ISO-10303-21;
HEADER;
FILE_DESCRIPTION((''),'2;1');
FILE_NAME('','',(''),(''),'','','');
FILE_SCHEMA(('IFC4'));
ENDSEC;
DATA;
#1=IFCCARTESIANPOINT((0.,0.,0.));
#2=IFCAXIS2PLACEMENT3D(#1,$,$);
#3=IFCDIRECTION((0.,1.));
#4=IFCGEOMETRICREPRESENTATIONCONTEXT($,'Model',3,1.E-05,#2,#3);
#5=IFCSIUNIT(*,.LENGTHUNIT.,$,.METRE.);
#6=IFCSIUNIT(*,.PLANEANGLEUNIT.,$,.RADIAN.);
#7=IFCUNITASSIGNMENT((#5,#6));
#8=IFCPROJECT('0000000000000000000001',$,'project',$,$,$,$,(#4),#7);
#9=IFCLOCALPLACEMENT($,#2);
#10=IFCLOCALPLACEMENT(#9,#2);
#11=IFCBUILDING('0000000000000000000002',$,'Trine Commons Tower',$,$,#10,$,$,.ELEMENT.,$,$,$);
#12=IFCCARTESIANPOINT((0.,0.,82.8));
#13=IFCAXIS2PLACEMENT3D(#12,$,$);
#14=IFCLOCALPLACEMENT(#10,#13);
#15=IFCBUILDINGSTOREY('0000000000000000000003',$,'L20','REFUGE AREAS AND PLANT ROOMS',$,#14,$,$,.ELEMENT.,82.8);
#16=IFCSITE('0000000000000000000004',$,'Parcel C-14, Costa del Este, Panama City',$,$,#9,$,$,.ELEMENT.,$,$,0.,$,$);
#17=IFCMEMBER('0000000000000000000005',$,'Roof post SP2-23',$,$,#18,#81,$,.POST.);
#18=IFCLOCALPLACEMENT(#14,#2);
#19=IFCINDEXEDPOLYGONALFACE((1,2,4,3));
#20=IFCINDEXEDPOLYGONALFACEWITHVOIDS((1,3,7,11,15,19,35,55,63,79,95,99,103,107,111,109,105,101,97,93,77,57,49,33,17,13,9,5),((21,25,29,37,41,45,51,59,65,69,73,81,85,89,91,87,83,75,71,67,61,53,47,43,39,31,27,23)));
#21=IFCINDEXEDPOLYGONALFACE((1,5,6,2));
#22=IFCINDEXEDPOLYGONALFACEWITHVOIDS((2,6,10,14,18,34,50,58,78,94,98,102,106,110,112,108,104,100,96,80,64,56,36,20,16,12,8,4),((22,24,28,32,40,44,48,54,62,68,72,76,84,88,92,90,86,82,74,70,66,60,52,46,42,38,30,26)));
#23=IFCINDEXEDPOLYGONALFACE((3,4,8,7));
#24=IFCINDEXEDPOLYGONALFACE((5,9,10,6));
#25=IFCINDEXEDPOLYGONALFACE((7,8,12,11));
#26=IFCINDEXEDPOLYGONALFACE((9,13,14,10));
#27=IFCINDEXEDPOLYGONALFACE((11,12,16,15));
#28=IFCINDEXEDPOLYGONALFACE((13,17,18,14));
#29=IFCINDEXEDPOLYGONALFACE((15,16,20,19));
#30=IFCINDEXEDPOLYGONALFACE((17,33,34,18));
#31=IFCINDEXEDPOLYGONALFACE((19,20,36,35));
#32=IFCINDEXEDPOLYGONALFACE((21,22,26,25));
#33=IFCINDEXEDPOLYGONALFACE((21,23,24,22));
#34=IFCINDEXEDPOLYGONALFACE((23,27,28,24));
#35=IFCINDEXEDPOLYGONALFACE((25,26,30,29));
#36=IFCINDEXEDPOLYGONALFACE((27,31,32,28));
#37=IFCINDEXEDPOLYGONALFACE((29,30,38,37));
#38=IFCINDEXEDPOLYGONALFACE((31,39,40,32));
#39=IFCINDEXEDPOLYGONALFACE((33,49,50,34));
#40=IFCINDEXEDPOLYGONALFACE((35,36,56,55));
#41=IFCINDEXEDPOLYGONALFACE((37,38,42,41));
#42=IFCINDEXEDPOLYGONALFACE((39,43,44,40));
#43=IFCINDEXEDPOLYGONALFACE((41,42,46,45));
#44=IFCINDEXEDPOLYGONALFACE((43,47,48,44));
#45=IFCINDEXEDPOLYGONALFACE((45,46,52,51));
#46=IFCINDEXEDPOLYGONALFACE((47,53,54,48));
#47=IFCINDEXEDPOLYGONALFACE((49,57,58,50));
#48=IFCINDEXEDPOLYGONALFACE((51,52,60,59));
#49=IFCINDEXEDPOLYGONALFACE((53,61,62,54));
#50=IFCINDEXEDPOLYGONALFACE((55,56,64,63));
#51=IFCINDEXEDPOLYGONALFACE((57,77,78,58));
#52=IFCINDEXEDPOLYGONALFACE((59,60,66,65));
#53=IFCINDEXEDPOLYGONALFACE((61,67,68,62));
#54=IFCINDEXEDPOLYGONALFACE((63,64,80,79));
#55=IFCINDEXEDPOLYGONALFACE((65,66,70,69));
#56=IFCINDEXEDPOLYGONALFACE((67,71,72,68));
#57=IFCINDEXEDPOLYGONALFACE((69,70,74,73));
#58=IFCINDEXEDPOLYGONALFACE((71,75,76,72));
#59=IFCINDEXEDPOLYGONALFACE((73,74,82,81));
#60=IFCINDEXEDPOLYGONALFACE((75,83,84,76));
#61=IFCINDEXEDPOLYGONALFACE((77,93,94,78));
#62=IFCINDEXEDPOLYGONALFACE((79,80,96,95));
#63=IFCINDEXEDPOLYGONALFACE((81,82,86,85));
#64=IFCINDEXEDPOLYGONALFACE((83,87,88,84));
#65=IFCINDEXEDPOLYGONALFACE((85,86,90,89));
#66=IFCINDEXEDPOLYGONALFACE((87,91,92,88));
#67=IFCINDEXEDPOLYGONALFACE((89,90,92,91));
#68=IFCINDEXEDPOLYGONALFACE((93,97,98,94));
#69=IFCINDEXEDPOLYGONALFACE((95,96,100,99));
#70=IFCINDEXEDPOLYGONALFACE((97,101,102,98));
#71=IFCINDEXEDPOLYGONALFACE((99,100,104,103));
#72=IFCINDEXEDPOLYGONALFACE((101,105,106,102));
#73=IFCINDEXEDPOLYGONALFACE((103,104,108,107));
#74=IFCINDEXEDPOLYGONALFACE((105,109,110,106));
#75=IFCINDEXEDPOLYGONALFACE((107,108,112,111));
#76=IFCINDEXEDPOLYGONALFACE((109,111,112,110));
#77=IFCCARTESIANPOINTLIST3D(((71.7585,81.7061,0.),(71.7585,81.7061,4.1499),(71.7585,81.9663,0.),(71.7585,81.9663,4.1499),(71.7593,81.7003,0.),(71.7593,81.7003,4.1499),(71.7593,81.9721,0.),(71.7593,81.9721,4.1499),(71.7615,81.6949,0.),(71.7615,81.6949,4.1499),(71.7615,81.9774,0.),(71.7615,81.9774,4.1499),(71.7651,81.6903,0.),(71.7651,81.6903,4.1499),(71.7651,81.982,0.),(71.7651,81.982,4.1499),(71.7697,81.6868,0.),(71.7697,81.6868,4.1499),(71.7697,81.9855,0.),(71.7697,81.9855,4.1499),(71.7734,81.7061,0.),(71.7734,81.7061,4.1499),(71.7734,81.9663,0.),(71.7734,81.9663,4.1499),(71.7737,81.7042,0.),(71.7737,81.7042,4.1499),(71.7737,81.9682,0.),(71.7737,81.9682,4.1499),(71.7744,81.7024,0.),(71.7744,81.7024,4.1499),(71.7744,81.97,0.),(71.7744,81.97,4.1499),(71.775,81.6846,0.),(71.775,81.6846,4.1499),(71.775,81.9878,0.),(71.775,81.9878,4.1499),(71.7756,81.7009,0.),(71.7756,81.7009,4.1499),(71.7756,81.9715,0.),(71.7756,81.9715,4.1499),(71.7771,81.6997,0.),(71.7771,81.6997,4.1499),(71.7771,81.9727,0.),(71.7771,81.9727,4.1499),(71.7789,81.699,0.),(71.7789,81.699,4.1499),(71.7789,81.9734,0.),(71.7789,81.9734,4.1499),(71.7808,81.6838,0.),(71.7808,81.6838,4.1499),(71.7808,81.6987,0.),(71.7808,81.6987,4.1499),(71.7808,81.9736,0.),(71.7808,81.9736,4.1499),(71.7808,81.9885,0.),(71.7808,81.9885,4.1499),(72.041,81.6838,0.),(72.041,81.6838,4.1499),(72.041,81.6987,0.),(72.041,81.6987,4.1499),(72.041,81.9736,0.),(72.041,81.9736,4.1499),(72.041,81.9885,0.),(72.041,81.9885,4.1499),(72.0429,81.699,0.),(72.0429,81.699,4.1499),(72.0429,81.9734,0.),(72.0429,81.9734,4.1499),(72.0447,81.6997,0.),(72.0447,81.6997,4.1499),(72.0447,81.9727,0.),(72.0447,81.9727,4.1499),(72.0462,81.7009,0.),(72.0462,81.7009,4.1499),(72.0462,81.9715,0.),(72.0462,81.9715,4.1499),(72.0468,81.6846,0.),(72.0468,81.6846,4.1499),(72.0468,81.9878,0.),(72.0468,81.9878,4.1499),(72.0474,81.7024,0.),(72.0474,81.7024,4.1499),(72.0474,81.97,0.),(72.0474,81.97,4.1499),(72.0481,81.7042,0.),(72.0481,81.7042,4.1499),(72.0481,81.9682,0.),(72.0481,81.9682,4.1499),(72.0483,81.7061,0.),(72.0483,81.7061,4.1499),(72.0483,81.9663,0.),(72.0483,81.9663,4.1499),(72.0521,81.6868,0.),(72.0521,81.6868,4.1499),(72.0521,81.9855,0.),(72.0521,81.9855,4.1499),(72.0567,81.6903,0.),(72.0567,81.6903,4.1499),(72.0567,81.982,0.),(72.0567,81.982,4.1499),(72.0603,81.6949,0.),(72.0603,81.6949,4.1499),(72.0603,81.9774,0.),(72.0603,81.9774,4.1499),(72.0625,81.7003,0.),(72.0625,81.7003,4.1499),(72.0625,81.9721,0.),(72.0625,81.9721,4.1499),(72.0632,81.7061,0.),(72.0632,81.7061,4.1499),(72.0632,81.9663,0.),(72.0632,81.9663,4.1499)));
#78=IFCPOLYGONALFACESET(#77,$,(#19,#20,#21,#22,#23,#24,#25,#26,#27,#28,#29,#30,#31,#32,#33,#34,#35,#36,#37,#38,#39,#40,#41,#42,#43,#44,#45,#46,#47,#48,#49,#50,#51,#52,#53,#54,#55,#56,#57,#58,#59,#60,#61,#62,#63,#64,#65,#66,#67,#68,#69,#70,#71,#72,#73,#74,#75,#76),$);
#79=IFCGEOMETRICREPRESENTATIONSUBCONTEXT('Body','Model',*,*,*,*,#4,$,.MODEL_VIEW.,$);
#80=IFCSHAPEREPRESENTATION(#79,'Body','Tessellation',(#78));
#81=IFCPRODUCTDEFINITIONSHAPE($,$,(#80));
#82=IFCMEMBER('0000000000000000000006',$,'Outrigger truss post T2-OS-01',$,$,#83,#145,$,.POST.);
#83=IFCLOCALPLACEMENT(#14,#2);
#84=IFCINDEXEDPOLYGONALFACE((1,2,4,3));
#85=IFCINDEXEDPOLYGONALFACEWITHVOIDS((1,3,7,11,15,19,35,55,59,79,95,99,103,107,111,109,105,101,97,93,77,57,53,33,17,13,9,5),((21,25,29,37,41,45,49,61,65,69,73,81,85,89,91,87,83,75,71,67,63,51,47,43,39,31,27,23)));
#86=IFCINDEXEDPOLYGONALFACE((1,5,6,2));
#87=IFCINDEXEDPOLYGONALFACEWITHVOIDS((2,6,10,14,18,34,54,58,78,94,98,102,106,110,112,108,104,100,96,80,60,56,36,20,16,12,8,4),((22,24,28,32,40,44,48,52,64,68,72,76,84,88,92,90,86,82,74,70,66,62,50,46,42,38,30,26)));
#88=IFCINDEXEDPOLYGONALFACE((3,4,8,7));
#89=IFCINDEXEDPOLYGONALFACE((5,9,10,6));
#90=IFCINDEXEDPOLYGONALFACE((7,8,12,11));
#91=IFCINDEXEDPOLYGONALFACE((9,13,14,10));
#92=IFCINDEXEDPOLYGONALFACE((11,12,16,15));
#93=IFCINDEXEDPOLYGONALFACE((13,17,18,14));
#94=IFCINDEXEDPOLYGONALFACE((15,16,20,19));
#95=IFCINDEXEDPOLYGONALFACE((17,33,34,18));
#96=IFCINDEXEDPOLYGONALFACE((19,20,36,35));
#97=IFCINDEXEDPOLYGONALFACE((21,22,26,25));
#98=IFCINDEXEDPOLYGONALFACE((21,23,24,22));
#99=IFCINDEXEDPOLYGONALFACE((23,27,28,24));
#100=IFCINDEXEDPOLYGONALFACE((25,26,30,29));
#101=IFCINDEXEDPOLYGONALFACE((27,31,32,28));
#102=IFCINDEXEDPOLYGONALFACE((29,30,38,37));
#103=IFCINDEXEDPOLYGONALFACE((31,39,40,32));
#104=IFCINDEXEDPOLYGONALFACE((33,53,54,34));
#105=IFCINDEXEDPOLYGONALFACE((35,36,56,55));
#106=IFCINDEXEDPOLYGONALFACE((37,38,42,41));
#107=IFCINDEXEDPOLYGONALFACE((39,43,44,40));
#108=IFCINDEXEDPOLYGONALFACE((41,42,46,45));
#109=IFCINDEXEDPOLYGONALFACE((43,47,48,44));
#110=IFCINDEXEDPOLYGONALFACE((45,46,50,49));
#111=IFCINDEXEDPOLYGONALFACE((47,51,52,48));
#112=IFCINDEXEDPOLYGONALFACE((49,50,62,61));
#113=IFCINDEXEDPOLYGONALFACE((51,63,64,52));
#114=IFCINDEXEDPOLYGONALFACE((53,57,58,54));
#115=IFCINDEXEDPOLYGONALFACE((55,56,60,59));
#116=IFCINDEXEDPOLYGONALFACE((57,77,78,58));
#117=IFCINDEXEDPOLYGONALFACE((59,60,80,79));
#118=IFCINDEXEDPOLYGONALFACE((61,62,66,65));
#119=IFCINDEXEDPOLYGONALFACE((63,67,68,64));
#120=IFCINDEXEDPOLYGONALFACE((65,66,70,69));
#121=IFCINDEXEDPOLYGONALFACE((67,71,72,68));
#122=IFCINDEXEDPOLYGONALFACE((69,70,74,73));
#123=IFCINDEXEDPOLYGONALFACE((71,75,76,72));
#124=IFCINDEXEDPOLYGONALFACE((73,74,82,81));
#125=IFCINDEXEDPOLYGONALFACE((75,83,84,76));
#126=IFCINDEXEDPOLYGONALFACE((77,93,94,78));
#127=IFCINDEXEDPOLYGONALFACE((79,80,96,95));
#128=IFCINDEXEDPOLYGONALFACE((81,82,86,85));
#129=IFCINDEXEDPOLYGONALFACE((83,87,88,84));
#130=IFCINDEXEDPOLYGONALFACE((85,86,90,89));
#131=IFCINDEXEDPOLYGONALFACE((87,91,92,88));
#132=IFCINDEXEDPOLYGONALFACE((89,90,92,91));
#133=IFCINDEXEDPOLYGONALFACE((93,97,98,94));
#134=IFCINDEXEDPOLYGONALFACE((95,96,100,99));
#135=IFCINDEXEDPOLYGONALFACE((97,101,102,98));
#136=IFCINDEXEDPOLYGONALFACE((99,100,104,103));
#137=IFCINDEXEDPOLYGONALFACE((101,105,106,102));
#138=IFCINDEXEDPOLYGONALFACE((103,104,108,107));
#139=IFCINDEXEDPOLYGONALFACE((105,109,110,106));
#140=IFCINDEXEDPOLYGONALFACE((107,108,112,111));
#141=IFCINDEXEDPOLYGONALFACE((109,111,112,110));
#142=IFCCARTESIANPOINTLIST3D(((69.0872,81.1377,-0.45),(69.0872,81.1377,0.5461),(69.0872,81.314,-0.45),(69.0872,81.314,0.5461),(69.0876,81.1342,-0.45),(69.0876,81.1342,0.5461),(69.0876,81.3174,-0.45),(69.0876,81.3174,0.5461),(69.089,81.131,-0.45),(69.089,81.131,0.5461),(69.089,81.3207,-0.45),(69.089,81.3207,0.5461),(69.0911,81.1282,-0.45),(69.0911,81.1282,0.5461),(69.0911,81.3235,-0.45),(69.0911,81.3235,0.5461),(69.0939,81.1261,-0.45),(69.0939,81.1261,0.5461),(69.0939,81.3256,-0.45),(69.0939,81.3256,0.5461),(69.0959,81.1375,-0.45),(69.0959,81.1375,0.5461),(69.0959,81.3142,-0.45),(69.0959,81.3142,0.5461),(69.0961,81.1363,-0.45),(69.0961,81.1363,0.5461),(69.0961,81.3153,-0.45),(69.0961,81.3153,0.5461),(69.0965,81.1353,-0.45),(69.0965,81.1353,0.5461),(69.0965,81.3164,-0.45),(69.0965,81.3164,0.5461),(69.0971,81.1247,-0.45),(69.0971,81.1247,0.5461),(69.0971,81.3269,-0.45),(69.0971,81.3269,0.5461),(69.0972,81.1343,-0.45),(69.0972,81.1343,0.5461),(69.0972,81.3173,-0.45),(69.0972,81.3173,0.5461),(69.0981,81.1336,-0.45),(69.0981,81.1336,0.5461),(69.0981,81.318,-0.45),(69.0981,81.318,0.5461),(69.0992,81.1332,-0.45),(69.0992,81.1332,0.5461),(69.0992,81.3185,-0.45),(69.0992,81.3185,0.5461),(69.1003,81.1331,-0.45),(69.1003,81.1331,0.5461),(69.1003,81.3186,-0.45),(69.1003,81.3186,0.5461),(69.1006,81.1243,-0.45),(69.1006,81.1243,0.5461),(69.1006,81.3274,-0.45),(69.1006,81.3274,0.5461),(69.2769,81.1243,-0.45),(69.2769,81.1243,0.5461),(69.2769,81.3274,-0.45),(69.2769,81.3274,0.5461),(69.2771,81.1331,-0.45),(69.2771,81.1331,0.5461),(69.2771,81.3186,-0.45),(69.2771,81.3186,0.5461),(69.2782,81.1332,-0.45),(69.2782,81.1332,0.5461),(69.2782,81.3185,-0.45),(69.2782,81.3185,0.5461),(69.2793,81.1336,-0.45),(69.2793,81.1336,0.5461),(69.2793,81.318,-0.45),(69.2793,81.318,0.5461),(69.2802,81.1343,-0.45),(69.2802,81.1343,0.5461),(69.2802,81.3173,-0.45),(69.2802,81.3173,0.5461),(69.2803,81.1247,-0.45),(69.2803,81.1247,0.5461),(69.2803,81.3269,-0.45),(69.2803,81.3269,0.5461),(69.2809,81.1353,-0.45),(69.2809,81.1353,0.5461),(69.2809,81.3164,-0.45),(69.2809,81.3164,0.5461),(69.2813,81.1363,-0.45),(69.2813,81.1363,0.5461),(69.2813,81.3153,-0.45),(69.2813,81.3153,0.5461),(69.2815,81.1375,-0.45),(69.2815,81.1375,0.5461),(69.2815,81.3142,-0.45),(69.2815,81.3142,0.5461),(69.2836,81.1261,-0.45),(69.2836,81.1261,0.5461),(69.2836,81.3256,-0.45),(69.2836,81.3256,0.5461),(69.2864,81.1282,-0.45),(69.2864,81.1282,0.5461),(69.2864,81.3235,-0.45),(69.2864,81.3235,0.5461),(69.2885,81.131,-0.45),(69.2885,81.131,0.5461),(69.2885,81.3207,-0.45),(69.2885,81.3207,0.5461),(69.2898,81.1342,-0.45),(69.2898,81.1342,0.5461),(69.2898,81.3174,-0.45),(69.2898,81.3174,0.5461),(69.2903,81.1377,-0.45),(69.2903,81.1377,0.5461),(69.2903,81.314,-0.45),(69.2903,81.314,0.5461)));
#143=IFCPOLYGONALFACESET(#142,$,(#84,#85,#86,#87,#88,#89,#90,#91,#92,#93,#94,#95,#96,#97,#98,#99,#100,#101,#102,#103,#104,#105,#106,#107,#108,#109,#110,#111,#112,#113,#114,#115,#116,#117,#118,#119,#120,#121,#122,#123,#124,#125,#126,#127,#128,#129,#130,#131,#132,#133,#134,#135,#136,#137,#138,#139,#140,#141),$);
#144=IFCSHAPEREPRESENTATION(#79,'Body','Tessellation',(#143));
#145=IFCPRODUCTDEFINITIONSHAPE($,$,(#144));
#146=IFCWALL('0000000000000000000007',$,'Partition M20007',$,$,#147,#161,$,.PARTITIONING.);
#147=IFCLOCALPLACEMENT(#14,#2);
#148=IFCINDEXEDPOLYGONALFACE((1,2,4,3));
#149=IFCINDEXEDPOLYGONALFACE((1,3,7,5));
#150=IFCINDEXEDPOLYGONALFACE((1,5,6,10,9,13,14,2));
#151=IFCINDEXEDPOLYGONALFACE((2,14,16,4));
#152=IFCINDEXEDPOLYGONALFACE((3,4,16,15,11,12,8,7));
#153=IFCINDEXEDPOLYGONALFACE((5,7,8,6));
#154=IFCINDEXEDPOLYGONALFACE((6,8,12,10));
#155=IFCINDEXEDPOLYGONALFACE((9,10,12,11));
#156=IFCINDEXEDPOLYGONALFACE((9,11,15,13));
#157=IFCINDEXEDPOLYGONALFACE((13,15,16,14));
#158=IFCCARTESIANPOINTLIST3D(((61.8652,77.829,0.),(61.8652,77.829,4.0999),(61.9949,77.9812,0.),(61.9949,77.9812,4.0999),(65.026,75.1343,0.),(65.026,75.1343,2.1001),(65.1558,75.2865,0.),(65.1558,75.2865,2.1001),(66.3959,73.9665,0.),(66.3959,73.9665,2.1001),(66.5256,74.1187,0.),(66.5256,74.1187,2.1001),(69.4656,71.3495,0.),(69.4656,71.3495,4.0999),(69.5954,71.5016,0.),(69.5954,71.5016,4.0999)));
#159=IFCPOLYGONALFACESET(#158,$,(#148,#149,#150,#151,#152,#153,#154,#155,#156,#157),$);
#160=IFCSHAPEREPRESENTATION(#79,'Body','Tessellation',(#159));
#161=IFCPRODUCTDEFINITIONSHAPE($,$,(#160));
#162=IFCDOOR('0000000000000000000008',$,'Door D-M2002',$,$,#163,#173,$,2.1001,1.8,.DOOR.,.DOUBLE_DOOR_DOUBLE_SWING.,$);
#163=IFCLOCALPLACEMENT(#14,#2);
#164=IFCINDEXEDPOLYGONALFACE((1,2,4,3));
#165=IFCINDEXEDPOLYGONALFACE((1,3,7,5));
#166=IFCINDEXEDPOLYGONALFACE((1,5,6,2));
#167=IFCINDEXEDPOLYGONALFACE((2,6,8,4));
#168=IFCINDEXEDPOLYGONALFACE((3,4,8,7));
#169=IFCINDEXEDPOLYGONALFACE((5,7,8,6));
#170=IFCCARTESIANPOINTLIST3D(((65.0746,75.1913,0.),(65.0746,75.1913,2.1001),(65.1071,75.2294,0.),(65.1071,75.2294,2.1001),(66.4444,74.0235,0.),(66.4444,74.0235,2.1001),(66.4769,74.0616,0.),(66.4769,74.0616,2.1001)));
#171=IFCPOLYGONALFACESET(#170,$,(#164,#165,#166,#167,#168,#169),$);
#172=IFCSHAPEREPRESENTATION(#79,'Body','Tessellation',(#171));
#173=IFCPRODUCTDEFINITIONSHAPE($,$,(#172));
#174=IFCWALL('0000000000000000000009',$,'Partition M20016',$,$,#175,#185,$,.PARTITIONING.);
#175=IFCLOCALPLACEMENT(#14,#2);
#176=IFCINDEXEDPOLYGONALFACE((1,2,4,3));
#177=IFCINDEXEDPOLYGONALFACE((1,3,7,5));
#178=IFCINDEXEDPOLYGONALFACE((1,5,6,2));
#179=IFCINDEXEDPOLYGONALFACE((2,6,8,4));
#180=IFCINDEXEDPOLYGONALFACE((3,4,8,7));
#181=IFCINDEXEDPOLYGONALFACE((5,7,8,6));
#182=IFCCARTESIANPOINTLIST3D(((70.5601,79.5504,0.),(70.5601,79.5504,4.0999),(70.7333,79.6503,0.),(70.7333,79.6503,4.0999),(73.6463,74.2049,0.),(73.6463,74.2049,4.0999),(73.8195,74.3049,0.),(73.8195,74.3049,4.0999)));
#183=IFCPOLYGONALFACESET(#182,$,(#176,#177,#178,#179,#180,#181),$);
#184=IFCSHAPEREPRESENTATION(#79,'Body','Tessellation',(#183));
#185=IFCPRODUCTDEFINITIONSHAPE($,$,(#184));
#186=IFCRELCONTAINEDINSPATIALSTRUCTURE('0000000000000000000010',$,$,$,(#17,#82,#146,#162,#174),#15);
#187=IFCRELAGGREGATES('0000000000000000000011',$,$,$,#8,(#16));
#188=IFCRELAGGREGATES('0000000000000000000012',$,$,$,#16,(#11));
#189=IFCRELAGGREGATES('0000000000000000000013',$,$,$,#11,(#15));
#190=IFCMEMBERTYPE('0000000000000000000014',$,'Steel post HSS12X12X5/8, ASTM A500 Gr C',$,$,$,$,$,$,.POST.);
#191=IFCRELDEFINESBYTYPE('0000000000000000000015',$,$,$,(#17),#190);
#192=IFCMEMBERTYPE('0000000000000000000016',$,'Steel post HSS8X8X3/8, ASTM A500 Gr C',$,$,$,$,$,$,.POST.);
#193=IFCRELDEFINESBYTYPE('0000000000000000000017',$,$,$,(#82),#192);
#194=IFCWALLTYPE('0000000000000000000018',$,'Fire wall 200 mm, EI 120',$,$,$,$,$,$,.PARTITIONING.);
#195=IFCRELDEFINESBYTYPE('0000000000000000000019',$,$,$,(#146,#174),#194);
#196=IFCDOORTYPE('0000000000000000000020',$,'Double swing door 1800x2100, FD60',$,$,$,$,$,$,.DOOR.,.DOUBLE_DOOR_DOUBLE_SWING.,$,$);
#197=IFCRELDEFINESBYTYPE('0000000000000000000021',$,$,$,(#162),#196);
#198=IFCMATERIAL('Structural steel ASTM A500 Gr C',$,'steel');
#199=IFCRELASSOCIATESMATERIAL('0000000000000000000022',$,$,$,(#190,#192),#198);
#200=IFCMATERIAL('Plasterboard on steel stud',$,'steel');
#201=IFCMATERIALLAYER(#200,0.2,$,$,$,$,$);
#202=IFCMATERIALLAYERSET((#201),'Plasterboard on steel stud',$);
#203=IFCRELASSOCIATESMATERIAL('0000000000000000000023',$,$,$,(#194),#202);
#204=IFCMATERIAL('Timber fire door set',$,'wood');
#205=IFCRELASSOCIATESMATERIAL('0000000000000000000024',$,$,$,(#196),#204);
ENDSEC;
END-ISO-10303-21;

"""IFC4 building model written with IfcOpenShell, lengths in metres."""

from ifc_helpers import new_model, si_unit, direction, frame, frame_2d, origin, origin_2d, place, context, subcontext, project, spatial, rectangle, hollow_rectangle, extrude, material, layer, layer_set, material_profile, profile_set, type_object, element, fill, save


model = new_model("IFC4")

# Units and contexts
model_context = context("Model", 3, precision=1e-05, world=origin(), true_north=direction((0.0, 1.0)))
body_context = subcontext(model_context, "Body", "Model", "MODEL_VIEW")
ifc_project = project(units=[si_unit("LENGTHUNIT", "METRE"), si_unit("PLANEANGLEUNIT", "RADIAN")], contexts=[model_context])

# Site, building, storey
site_placement = place(None, origin())
site = spatial("IfcSite", under=ifc_project, at=site_placement, Name="Parcel C-14, Costa del Este, Panama City", CompositionType="ELEMENT", RefElevation=0.0)
building_placement = place(site_placement, origin())
building = spatial("IfcBuilding", under=site, at=building_placement, Name="Trine Commons Tower", CompositionType="ELEMENT")
storey_placement = place(building_placement, frame((0.0, 0.0, 82.8)))
storey = spatial("IfcBuildingStorey", under=building, at=storey_placement, Name="L20", Description="REFUGE AREAS AND PLANT ROOMS", CompositionType="ELEMENT", Elevation=82.8)

# Members
ifc_material_1 = material(Name="Structural steel ASTM A500 Gr C", Category="steel")
ifc_material_profile_1 = material_profile(ifc_material_1, hollow_rectangle(XDim=0.3047, YDim=0.3047, WallThickness=0.0149, InnerFilletRadius=0.0073, OuterFilletRadius=0.0222, at=origin_2d()), Name="HSS12X12X5/8")
ifc_profile_set_1 = profile_set([ifc_material_profile_1], Name="Structural steel ASTM A500 Gr C")
member_type_1 = type_object("IfcMemberType", Name="Steel post HSS12X12X5/8, ASTM A500 Gr C", PredefinedType="POST", material=ifc_profile_set_1)
member_1_placement = place(storey_placement, frame((71.9109, 81.8362, 0.0), z_axis=(0.0, 0.0, 1.0), x_axis=(1.0, 0.0, 0.0)))
element("IfcMember", 1, at=member_1_placement, inside=storey, type_object=member_type_1, Name="Roof post SP2-23", PredefinedType="POST", context=body_context, shape_type="SweptSolid", body=[
    extrude(hollow_rectangle(XDim=0.3047, YDim=0.3047, WallThickness=0.0149, InnerFilletRadius=0.0073, OuterFilletRadius=0.0222, at=origin_2d()), origin(), (0.0, 0.0, 1.0), 4.1499),
])
ifc_material_profile_2 = material_profile(ifc_material_1, hollow_rectangle(XDim=0.2031, YDim=0.2031, WallThickness=0.0088, InnerFilletRadius=0.0044, OuterFilletRadius=0.0134, at=origin_2d()), Name="HSS8X8X3/8")
ifc_profile_set_2 = profile_set([ifc_material_profile_2], Name="Structural steel ASTM A500 Gr C")
member_type_2 = type_object("IfcMemberType", Name="Steel post HSS8X8X3/8, ASTM A500 Gr C", PredefinedType="POST", material=ifc_profile_set_2)
member_2_placement = place(storey_placement, frame((69.1887, 81.2258, -0.45), z_axis=(0.0, 0.0, 1.0), x_axis=(1.0, 0.0, 0.0)))
element("IfcMember", 2, at=member_2_placement, inside=storey, type_object=member_type_2, Name="Outrigger truss post T2-OS-01", PredefinedType="POST", context=body_context, shape_type="SweptSolid", body=[
    extrude(hollow_rectangle(XDim=0.2031, YDim=0.2031, WallThickness=0.0088, InnerFilletRadius=0.0044, OuterFilletRadius=0.0134, at=origin_2d()), origin(), (0.0, 0.0, 1.0), 0.9961),
])

# Wall, opening, door
ifc_material_2 = material(Name="Plasterboard on steel stud", Category="steel")
ifc_layer = layer(ifc_material_2, 0.2)
ifc_layer_set = layer_set([ifc_layer], Name="Plasterboard on steel stud")
wall_type = type_object("IfcWallType", Name="Fire wall 200 mm, EI 120", PredefinedType="PARTITIONING", material=ifc_layer_set)
wall_1_placement = place(storey_placement, frame((61.9302, 77.905, 0.0), z_axis=(0.0, 0.0, 1.0), x_axis=(0.76099, -0.648764, 0.0)))
wall_1 = element("IfcWall", 3, at=wall_1_placement, inside=storey, type_object=wall_type, Name="Partition M20007", PredefinedType="PARTITIONING", context=body_context, shape_type="SweptSolid", body=[
    extrude(rectangle(XDim=9.9875, YDim=0.2, at=frame_2d((4.9937, 0.0))), origin(), (0.0, 0.0, 1.0), 4.0999),
])
opening_placement = place(wall_1_placement, frame((4.1536, 0.0, 0.0)))
opening = element("IfcOpeningElement", 4, at=opening_placement, cuts=wall_1, PredefinedType="OPENING", context=body_context, shape_type="SweptSolid", body=[
    extrude(rectangle(XDim=1.8, YDim=2.1001, at=frame_2d((0.8999, 1.05))), frame((0.0, 0.1099, 0.0), z_axis=(0.0, -1.0, 0.0), x_axis=(1.0, 0.0, 0.0)), (0.0, 0.0, 1.0), 0.22),
])
ifc_material_3 = material(Name="Timber fire door set", Category="wood")
door_type = type_object("IfcDoorType", Name="Double swing door 1800x2100, FD60", OperationType="DOUBLE_DOOR_DOUBLE_SWING", PredefinedType="DOOR", material=ifc_material_3)
door_placement = place(opening_placement, origin())
door = element("IfcDoor", 5, at=door_placement, inside=storey, type_object=door_type, Name="Door D-M2002", OperationType="DOUBLE_DOOR_DOUBLE_SWING", OverallHeight=2.1001, OverallWidth=1.8, PredefinedType="DOOR", context=body_context, shape_type="SweptSolid", body=[
    extrude(rectangle(XDim=1.8, YDim=2.1001, at=frame_2d((0.8999, 1.05))), frame((0.0, 0.0249, 0.0), z_axis=(0.0, -1.0, 0.0), x_axis=(1.0, 0.0, 0.0)), (0.0, 0.0, 1.0), 0.05),
])
fill(opening, door)

# Wall
wall_2_placement = place(storey_placement, frame((70.6467, 79.6003, 0.0), z_axis=(0.0, 0.0, 1.0), x_axis=(0.499998, -0.866027, 0.0)))
element("IfcWall", 6, at=wall_2_placement, inside=storey, type_object=wall_type, Name="Partition M20016", PredefinedType="PARTITIONING", context=body_context, shape_type="SweptSolid", body=[
    extrude(rectangle(XDim=6.1724, YDim=0.2, at=frame_2d((3.0862, 0.0))), origin(), (0.0, 0.0, 1.0), 4.0999),
])

save(model, "model.ifc")
